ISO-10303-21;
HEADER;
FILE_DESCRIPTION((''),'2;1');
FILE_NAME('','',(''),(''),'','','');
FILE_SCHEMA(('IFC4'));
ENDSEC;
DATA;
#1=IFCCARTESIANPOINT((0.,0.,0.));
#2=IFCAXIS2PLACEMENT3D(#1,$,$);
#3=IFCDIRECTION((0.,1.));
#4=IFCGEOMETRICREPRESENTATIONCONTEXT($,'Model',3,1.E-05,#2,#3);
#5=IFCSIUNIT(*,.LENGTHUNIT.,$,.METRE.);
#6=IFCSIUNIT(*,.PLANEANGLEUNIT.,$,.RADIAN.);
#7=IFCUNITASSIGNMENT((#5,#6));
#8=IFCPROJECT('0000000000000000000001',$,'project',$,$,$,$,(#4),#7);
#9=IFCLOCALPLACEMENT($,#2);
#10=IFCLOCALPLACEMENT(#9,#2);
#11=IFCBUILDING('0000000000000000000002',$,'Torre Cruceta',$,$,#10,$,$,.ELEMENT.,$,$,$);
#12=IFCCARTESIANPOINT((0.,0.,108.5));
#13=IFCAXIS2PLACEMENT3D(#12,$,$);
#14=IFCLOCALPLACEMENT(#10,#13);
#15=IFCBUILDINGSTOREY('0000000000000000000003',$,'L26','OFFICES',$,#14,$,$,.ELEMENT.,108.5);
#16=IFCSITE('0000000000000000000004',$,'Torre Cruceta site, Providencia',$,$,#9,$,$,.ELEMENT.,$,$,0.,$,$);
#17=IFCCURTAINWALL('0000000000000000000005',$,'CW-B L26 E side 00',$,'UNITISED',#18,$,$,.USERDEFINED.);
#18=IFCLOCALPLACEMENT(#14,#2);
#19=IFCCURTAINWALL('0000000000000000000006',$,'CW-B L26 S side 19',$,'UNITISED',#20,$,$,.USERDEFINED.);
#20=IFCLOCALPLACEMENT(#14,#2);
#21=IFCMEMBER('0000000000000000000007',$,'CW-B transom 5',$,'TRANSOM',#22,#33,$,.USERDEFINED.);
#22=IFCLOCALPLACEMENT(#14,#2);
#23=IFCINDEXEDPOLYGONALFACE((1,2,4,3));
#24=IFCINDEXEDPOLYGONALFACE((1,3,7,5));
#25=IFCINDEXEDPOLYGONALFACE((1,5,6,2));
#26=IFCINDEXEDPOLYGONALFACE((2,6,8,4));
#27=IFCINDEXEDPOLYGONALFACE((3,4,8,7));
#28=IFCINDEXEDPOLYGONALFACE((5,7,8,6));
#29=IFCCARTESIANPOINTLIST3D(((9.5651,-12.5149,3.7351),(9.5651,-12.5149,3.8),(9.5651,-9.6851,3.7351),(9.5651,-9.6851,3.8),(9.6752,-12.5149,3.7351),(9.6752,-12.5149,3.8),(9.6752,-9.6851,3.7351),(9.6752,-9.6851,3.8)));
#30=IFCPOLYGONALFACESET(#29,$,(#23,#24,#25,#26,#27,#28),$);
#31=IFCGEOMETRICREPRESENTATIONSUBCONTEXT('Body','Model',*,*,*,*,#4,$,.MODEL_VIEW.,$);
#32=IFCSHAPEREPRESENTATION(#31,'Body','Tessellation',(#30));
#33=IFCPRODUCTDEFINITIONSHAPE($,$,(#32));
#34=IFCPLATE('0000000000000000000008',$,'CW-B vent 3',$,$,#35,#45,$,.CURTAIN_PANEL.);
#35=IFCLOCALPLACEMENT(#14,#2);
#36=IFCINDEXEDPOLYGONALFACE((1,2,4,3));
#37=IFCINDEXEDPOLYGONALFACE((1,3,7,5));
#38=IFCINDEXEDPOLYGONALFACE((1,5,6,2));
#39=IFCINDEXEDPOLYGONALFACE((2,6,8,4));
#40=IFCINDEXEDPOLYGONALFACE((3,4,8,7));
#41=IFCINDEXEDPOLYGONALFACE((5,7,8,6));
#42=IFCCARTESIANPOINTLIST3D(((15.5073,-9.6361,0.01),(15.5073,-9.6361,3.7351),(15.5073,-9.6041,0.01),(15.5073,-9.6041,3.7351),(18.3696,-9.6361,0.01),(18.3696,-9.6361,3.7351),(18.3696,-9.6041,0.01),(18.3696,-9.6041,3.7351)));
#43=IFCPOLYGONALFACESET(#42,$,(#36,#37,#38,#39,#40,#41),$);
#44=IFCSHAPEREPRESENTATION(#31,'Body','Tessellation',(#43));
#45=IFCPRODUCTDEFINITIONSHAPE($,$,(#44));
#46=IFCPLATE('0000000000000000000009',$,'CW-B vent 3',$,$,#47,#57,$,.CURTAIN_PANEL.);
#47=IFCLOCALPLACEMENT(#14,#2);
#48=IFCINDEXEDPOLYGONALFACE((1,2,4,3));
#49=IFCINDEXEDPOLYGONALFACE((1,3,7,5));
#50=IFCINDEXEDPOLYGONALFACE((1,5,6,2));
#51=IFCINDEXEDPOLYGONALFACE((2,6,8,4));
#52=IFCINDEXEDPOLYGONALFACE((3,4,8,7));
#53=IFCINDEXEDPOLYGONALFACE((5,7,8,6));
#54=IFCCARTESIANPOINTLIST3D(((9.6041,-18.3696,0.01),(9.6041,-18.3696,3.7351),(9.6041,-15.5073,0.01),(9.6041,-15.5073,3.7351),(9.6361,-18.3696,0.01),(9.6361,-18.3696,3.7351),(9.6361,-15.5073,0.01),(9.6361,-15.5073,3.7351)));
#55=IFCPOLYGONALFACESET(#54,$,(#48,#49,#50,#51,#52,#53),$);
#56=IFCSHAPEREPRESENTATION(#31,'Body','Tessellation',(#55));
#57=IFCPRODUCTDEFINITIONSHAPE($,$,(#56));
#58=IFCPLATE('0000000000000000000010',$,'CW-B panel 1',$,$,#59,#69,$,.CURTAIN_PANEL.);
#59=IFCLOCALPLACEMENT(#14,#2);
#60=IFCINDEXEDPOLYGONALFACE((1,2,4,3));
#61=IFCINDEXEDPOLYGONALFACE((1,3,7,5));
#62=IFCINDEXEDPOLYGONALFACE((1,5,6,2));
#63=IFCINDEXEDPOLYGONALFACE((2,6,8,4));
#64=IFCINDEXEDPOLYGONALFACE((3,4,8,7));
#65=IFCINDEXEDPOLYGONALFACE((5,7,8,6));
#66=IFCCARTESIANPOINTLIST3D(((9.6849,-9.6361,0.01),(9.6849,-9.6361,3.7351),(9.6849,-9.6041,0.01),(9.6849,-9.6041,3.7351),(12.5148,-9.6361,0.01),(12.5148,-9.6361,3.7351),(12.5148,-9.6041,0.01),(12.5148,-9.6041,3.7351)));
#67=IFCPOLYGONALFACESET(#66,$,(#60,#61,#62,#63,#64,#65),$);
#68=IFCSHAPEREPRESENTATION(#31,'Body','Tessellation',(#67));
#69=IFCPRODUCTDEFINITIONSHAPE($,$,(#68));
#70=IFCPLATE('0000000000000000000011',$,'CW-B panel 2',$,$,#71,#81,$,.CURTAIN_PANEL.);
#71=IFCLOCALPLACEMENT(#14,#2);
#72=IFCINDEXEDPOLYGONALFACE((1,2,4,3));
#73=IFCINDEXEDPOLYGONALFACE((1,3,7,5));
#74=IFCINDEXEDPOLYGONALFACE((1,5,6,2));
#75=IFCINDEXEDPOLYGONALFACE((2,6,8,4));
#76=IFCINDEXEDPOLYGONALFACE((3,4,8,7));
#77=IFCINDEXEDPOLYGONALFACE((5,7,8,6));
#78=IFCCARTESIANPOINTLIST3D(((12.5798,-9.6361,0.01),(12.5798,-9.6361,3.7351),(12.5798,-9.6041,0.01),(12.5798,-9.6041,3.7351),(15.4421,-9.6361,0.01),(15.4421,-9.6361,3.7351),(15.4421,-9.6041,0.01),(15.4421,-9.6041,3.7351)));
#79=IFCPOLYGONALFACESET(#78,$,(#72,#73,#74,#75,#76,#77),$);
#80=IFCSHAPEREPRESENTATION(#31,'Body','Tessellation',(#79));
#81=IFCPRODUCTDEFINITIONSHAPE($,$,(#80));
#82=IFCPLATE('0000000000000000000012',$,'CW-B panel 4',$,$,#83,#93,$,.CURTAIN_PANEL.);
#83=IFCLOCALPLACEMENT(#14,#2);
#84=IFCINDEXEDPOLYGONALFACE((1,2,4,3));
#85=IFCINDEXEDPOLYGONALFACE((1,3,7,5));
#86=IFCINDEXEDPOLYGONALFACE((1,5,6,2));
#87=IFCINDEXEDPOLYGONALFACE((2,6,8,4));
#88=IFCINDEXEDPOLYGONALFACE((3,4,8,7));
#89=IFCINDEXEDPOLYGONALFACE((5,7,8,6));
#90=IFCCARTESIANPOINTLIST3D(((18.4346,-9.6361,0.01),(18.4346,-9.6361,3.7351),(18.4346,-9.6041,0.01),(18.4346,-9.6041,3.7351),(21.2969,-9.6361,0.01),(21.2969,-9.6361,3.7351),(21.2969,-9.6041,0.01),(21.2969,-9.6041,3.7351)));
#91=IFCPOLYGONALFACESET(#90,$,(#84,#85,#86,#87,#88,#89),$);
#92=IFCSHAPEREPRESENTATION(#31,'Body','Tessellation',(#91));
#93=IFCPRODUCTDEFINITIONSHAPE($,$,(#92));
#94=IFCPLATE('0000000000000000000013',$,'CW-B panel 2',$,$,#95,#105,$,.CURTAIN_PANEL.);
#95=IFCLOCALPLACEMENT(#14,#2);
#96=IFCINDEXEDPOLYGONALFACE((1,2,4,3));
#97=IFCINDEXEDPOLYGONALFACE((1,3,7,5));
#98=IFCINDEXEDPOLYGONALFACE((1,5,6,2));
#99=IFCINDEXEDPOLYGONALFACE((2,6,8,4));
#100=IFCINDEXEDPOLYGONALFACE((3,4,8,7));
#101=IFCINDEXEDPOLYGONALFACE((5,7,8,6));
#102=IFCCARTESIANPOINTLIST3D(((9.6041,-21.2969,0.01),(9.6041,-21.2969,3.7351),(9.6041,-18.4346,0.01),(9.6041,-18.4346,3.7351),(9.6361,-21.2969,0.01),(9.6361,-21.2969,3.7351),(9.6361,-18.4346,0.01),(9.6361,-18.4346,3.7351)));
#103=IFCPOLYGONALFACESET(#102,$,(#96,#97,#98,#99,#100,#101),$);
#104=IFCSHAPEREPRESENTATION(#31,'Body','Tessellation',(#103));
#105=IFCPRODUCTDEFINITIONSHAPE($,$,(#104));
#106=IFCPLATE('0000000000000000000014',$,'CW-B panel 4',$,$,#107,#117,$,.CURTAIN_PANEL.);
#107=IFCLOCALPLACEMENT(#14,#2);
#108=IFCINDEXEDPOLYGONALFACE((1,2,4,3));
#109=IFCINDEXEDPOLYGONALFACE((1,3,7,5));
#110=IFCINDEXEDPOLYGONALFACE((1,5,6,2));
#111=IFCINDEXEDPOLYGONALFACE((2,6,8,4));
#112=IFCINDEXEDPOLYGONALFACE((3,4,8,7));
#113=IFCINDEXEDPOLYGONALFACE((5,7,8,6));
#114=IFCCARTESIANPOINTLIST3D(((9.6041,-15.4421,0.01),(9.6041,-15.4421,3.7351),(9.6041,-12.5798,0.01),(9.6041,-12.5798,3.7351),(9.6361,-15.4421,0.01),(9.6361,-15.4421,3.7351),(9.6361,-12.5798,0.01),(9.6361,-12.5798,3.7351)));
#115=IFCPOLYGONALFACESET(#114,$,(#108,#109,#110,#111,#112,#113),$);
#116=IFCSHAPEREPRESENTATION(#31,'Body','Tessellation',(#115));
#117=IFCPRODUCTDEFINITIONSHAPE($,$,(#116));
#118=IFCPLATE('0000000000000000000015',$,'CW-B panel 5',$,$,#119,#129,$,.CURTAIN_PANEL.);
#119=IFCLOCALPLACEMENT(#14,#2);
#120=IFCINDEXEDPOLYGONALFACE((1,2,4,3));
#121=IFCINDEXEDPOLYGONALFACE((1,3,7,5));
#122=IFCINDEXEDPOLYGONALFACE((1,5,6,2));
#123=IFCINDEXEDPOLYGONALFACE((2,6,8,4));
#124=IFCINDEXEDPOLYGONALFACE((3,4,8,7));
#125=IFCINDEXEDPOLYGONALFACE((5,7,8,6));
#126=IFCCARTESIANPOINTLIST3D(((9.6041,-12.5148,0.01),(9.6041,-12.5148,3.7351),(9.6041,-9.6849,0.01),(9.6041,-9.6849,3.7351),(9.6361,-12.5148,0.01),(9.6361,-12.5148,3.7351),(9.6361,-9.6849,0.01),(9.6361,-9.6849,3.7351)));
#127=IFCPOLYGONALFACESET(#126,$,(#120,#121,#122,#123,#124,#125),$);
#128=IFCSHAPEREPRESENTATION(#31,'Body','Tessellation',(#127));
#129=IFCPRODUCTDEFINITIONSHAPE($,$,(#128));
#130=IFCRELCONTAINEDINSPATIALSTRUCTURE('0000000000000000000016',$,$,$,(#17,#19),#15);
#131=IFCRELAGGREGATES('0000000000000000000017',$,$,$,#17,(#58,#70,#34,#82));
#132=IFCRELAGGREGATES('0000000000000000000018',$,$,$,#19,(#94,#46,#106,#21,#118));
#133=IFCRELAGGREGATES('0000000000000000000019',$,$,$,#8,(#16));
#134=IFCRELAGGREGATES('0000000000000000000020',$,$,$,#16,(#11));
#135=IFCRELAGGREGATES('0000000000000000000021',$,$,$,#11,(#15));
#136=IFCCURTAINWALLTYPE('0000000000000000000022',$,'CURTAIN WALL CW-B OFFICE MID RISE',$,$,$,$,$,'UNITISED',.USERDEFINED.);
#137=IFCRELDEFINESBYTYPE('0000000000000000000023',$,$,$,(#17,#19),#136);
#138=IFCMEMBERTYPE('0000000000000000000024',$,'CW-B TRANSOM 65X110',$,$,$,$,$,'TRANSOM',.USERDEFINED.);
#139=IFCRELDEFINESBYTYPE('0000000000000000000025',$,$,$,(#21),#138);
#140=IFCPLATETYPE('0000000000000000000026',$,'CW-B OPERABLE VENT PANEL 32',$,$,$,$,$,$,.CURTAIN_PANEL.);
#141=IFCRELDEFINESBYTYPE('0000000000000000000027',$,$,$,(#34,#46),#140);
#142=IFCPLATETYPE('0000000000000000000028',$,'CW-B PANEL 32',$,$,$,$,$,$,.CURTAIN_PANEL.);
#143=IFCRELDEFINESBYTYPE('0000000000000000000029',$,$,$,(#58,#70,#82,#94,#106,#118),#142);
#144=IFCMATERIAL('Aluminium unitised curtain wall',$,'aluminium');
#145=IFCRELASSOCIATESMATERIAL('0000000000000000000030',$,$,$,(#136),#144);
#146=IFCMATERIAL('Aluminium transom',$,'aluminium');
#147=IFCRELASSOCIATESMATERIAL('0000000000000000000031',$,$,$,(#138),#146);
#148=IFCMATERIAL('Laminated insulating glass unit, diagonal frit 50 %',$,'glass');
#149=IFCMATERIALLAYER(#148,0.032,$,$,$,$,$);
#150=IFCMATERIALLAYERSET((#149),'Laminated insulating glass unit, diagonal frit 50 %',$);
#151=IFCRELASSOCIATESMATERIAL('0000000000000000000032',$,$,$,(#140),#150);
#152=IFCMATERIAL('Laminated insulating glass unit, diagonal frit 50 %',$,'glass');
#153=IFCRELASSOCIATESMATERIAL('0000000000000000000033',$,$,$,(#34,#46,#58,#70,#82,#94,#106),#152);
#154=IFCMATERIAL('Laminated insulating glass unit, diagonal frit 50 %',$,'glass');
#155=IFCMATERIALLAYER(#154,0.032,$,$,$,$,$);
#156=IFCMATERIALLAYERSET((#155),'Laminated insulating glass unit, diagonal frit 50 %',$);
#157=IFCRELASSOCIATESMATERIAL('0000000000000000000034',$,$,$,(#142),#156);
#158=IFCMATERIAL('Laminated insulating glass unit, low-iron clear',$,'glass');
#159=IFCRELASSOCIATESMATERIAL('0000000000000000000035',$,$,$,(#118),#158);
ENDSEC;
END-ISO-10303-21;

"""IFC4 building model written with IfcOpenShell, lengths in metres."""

from ifc_helpers import new_model, si_unit, direction, frame, origin, origin_2d, place, context, subcontext, project, spatial, rectangle, extrude, material, layer, layer_set, material_profile, profile_set, type_object, element, aggregate, save


model = new_model("IFC4")

# Units and contexts
model_context = context("Model", 3, precision=1e-05, world=origin(), true_north=direction((0.0, 1.0)))
body_context = subcontext(model_context, "Body", "Model", "MODEL_VIEW")
ifc_project = project(units=[si_unit("LENGTHUNIT", "METRE"), si_unit("PLANEANGLEUNIT", "RADIAN")], contexts=[model_context])

# Site, building, storey
site_placement = place(None, origin())
site = spatial("IfcSite", under=ifc_project, at=site_placement, Name="Torre Cruceta site, Providencia", CompositionType="ELEMENT", RefElevation=0.0)
building_placement = place(site_placement, origin())
building = spatial("IfcBuilding", under=site, at=building_placement, Name="Torre Cruceta", CompositionType="ELEMENT")
storey_placement = place(building_placement, frame((0.0, 0.0, 108.5)))
storey = spatial("IfcBuildingStorey", under=building, at=storey_placement, Name="L26", Description="OFFICES", CompositionType="ELEMENT", Elevation=108.5)

# Curtain walls
ifc_material_1 = material(Name="Aluminium unitised curtain wall", Category="aluminium")
curtain_wall_type = type_object("IfcCurtainWallType", Name="CURTAIN WALL CW-B OFFICE MID RISE", ElementType="UNITISED", PredefinedType="USERDEFINED", material=ifc_material_1)
curtain_wall_1_placement = place(storey_placement, origin())
curtain_wall_1 = element("IfcCurtainWall", 1, at=curtain_wall_1_placement, inside=storey, type_object=curtain_wall_type, Name="CW-B L26 E side 00", ObjectType="UNITISED", PredefinedType="USERDEFINED")
curtain_wall_2_placement = place(storey_placement, origin())
curtain_wall_2 = element("IfcCurtainWall", 2, at=curtain_wall_2_placement, inside=storey, type_object=curtain_wall_type, Name="CW-B L26 S side 19", ObjectType="UNITISED", PredefinedType="USERDEFINED")

# Member
ifc_material_2 = material(Name="Aluminium transom", Category="aluminium")
ifc_material_profile_1 = material_profile(ifc_material_2, rectangle(XDim=0.1101, YDim=0.0649, at=origin_2d()), Name="AL 110X65")
ifc_profile_set_1 = profile_set([ifc_material_profile_1], Name="Aluminium transom")
member_type_1 = type_object("IfcMemberType", Name="CW-B TRANSOM 65X110", ElementType="TRANSOM", PredefinedType="USERDEFINED", material=ifc_profile_set_1)
member_1_placement = place(storey_placement, frame((9.6201, -12.5149, 3.7676), z_axis=(0.0, 1.0, 0.0), x_axis=(-1.0, 0.0, 0.0)))
member_1 = element("IfcMember", 3, at=member_1_placement, type_object=member_type_1, Name="CW-B transom 5", ObjectType="TRANSOM", PredefinedType="USERDEFINED", context=body_context, shape_type="SweptSolid", body=[
    extrude(rectangle(XDim=0.1101, YDim=0.0649, at=origin_2d()), origin(), (0.0, 0.0, 1.0), 2.8298),
])

# Plates
ifc_material_3 = material(Name="Laminated insulating glass unit, diagonal frit 50 %", Category="glass")
ifc_material_4 = material(Name="Laminated insulating glass unit, diagonal frit 50 %", Category="glass")
ifc_layer_1 = layer(ifc_material_4, 0.032)
ifc_layer_set_1 = layer_set([ifc_layer_1], Name="Laminated insulating glass unit, diagonal frit 50 %")
plate_type_1 = type_object("IfcPlateType", Name="CW-B OPERABLE VENT PANEL 32", PredefinedType="CURTAIN_PANEL", material=ifc_layer_set_1)
plate_1_placement = place(storey_placement, frame((16.9385, -9.6201, 0.01), z_axis=(0.0, 0.0, 1.0), x_axis=(1.0, 0.0, 0.0)))
plate_1 = element("IfcPlate", 4, at=plate_1_placement, type_object=plate_type_1, material=ifc_material_3, Name="CW-B vent 3", PredefinedType="CURTAIN_PANEL", context=body_context, shape_type="SweptSolid", body=[
    extrude(rectangle(XDim=2.8623, YDim=0.032, at=origin_2d()), origin(), (0.0, 0.0, 1.0), 3.7251),
])
plate_2_placement = place(storey_placement, frame((9.6201, -16.9385, 0.01), z_axis=(0.0, 0.0, 1.0), x_axis=(0.0, 1.0, 0.0)))
plate_2 = element("IfcPlate", 5, at=plate_2_placement, type_object=plate_type_1, material=ifc_material_3, Name="CW-B vent 3", PredefinedType="CURTAIN_PANEL", context=body_context, shape_type="SweptSolid", body=[
    extrude(rectangle(XDim=2.8623, YDim=0.032, at=origin_2d()), origin(), (0.0, 0.0, 1.0), 3.7251),
])
ifc_material_5 = material(Name="Laminated insulating glass unit, diagonal frit 50 %", Category="glass")
ifc_layer_2 = layer(ifc_material_5, 0.032)
ifc_layer_set_2 = layer_set([ifc_layer_2], Name="Laminated insulating glass unit, diagonal frit 50 %")
plate_type_2 = type_object("IfcPlateType", Name="CW-B PANEL 32", PredefinedType="CURTAIN_PANEL", material=ifc_layer_set_2)
plate_3_placement = place(storey_placement, frame((11.0999, -9.6201, 0.01), z_axis=(0.0, 0.0, 1.0), x_axis=(1.0, 0.0, 0.0)))
plate_3 = element("IfcPlate", 6, at=plate_3_placement, type_object=plate_type_2, material=ifc_material_3, Name="CW-B panel 1", PredefinedType="CURTAIN_PANEL", context=body_context, shape_type="SweptSolid", body=[
    extrude(rectangle(XDim=2.8298, YDim=0.032, at=origin_2d()), origin(), (0.0, 0.0, 1.0), 3.7251),
])
plate_4_placement = place(storey_placement, frame((14.011, -9.6201, 0.01), z_axis=(0.0, 0.0, 1.0), x_axis=(1.0, 0.0, 0.0)))
plate_4 = element("IfcPlate", 7, at=plate_4_placement, type_object=plate_type_2, material=ifc_material_3, Name="CW-B panel 2", PredefinedType="CURTAIN_PANEL", context=body_context, shape_type="SweptSolid", body=[
    extrude(rectangle(XDim=2.8623, YDim=0.032, at=origin_2d()), origin(), (0.0, 0.0, 1.0), 3.7251),
])
plate_5_placement = place(storey_placement, frame((19.8657, -9.6201, 0.01), z_axis=(0.0, 0.0, 1.0), x_axis=(1.0, 0.0, 0.0)))
plate_5 = element("IfcPlate", 8, at=plate_5_placement, type_object=plate_type_2, material=ifc_material_3, Name="CW-B panel 4", PredefinedType="CURTAIN_PANEL", context=body_context, shape_type="SweptSolid", body=[
    extrude(rectangle(XDim=2.8623, YDim=0.032, at=origin_2d()), origin(), (0.0, 0.0, 1.0), 3.7251),
])
aggregate(curtain_wall_1, [plate_3, plate_4, plate_1, plate_5])
plate_6_placement = place(storey_placement, frame((9.6201, -19.8657, 0.01), z_axis=(0.0, 0.0, 1.0), x_axis=(0.0, 1.0, 0.0)))
plate_6 = element("IfcPlate", 9, at=plate_6_placement, type_object=plate_type_2, material=ifc_material_3, Name="CW-B panel 2", PredefinedType="CURTAIN_PANEL", context=body_context, shape_type="SweptSolid", body=[
    extrude(rectangle(XDim=2.8623, YDim=0.032, at=origin_2d()), origin(), (0.0, 0.0, 1.0), 3.7251),
])
plate_7_placement = place(storey_placement, frame((9.6201, -14.011, 0.01), z_axis=(0.0, 0.0, 1.0), x_axis=(0.0, 1.0, 0.0)))
plate_7 = element("IfcPlate", 10, at=plate_7_placement, type_object=plate_type_2, material=ifc_material_3, Name="CW-B panel 4", PredefinedType="CURTAIN_PANEL", context=body_context, shape_type="SweptSolid", body=[
    extrude(rectangle(XDim=2.8623, YDim=0.032, at=origin_2d()), origin(), (0.0, 0.0, 1.0), 3.7251),
])
ifc_material_6 = material(Name="Laminated insulating glass unit, low-iron clear", Category="glass")
plate_8_placement = place(storey_placement, frame((9.6201, -11.0999, 0.01), z_axis=(0.0, 0.0, 1.0), x_axis=(0.0, 1.0, 0.0)))
plate_8 = element("IfcPlate", 11, at=plate_8_placement, type_object=plate_type_2, material=ifc_material_6, Name="CW-B panel 5", PredefinedType="CURTAIN_PANEL", context=body_context, shape_type="SweptSolid", body=[
    extrude(rectangle(XDim=2.8298, YDim=0.032, at=origin_2d()), origin(), (0.0, 0.0, 1.0), 3.7251),
])
aggregate(curtain_wall_2, [plate_6, plate_2, plate_7, member_1, plate_8])

save(model, "model.ifc")
